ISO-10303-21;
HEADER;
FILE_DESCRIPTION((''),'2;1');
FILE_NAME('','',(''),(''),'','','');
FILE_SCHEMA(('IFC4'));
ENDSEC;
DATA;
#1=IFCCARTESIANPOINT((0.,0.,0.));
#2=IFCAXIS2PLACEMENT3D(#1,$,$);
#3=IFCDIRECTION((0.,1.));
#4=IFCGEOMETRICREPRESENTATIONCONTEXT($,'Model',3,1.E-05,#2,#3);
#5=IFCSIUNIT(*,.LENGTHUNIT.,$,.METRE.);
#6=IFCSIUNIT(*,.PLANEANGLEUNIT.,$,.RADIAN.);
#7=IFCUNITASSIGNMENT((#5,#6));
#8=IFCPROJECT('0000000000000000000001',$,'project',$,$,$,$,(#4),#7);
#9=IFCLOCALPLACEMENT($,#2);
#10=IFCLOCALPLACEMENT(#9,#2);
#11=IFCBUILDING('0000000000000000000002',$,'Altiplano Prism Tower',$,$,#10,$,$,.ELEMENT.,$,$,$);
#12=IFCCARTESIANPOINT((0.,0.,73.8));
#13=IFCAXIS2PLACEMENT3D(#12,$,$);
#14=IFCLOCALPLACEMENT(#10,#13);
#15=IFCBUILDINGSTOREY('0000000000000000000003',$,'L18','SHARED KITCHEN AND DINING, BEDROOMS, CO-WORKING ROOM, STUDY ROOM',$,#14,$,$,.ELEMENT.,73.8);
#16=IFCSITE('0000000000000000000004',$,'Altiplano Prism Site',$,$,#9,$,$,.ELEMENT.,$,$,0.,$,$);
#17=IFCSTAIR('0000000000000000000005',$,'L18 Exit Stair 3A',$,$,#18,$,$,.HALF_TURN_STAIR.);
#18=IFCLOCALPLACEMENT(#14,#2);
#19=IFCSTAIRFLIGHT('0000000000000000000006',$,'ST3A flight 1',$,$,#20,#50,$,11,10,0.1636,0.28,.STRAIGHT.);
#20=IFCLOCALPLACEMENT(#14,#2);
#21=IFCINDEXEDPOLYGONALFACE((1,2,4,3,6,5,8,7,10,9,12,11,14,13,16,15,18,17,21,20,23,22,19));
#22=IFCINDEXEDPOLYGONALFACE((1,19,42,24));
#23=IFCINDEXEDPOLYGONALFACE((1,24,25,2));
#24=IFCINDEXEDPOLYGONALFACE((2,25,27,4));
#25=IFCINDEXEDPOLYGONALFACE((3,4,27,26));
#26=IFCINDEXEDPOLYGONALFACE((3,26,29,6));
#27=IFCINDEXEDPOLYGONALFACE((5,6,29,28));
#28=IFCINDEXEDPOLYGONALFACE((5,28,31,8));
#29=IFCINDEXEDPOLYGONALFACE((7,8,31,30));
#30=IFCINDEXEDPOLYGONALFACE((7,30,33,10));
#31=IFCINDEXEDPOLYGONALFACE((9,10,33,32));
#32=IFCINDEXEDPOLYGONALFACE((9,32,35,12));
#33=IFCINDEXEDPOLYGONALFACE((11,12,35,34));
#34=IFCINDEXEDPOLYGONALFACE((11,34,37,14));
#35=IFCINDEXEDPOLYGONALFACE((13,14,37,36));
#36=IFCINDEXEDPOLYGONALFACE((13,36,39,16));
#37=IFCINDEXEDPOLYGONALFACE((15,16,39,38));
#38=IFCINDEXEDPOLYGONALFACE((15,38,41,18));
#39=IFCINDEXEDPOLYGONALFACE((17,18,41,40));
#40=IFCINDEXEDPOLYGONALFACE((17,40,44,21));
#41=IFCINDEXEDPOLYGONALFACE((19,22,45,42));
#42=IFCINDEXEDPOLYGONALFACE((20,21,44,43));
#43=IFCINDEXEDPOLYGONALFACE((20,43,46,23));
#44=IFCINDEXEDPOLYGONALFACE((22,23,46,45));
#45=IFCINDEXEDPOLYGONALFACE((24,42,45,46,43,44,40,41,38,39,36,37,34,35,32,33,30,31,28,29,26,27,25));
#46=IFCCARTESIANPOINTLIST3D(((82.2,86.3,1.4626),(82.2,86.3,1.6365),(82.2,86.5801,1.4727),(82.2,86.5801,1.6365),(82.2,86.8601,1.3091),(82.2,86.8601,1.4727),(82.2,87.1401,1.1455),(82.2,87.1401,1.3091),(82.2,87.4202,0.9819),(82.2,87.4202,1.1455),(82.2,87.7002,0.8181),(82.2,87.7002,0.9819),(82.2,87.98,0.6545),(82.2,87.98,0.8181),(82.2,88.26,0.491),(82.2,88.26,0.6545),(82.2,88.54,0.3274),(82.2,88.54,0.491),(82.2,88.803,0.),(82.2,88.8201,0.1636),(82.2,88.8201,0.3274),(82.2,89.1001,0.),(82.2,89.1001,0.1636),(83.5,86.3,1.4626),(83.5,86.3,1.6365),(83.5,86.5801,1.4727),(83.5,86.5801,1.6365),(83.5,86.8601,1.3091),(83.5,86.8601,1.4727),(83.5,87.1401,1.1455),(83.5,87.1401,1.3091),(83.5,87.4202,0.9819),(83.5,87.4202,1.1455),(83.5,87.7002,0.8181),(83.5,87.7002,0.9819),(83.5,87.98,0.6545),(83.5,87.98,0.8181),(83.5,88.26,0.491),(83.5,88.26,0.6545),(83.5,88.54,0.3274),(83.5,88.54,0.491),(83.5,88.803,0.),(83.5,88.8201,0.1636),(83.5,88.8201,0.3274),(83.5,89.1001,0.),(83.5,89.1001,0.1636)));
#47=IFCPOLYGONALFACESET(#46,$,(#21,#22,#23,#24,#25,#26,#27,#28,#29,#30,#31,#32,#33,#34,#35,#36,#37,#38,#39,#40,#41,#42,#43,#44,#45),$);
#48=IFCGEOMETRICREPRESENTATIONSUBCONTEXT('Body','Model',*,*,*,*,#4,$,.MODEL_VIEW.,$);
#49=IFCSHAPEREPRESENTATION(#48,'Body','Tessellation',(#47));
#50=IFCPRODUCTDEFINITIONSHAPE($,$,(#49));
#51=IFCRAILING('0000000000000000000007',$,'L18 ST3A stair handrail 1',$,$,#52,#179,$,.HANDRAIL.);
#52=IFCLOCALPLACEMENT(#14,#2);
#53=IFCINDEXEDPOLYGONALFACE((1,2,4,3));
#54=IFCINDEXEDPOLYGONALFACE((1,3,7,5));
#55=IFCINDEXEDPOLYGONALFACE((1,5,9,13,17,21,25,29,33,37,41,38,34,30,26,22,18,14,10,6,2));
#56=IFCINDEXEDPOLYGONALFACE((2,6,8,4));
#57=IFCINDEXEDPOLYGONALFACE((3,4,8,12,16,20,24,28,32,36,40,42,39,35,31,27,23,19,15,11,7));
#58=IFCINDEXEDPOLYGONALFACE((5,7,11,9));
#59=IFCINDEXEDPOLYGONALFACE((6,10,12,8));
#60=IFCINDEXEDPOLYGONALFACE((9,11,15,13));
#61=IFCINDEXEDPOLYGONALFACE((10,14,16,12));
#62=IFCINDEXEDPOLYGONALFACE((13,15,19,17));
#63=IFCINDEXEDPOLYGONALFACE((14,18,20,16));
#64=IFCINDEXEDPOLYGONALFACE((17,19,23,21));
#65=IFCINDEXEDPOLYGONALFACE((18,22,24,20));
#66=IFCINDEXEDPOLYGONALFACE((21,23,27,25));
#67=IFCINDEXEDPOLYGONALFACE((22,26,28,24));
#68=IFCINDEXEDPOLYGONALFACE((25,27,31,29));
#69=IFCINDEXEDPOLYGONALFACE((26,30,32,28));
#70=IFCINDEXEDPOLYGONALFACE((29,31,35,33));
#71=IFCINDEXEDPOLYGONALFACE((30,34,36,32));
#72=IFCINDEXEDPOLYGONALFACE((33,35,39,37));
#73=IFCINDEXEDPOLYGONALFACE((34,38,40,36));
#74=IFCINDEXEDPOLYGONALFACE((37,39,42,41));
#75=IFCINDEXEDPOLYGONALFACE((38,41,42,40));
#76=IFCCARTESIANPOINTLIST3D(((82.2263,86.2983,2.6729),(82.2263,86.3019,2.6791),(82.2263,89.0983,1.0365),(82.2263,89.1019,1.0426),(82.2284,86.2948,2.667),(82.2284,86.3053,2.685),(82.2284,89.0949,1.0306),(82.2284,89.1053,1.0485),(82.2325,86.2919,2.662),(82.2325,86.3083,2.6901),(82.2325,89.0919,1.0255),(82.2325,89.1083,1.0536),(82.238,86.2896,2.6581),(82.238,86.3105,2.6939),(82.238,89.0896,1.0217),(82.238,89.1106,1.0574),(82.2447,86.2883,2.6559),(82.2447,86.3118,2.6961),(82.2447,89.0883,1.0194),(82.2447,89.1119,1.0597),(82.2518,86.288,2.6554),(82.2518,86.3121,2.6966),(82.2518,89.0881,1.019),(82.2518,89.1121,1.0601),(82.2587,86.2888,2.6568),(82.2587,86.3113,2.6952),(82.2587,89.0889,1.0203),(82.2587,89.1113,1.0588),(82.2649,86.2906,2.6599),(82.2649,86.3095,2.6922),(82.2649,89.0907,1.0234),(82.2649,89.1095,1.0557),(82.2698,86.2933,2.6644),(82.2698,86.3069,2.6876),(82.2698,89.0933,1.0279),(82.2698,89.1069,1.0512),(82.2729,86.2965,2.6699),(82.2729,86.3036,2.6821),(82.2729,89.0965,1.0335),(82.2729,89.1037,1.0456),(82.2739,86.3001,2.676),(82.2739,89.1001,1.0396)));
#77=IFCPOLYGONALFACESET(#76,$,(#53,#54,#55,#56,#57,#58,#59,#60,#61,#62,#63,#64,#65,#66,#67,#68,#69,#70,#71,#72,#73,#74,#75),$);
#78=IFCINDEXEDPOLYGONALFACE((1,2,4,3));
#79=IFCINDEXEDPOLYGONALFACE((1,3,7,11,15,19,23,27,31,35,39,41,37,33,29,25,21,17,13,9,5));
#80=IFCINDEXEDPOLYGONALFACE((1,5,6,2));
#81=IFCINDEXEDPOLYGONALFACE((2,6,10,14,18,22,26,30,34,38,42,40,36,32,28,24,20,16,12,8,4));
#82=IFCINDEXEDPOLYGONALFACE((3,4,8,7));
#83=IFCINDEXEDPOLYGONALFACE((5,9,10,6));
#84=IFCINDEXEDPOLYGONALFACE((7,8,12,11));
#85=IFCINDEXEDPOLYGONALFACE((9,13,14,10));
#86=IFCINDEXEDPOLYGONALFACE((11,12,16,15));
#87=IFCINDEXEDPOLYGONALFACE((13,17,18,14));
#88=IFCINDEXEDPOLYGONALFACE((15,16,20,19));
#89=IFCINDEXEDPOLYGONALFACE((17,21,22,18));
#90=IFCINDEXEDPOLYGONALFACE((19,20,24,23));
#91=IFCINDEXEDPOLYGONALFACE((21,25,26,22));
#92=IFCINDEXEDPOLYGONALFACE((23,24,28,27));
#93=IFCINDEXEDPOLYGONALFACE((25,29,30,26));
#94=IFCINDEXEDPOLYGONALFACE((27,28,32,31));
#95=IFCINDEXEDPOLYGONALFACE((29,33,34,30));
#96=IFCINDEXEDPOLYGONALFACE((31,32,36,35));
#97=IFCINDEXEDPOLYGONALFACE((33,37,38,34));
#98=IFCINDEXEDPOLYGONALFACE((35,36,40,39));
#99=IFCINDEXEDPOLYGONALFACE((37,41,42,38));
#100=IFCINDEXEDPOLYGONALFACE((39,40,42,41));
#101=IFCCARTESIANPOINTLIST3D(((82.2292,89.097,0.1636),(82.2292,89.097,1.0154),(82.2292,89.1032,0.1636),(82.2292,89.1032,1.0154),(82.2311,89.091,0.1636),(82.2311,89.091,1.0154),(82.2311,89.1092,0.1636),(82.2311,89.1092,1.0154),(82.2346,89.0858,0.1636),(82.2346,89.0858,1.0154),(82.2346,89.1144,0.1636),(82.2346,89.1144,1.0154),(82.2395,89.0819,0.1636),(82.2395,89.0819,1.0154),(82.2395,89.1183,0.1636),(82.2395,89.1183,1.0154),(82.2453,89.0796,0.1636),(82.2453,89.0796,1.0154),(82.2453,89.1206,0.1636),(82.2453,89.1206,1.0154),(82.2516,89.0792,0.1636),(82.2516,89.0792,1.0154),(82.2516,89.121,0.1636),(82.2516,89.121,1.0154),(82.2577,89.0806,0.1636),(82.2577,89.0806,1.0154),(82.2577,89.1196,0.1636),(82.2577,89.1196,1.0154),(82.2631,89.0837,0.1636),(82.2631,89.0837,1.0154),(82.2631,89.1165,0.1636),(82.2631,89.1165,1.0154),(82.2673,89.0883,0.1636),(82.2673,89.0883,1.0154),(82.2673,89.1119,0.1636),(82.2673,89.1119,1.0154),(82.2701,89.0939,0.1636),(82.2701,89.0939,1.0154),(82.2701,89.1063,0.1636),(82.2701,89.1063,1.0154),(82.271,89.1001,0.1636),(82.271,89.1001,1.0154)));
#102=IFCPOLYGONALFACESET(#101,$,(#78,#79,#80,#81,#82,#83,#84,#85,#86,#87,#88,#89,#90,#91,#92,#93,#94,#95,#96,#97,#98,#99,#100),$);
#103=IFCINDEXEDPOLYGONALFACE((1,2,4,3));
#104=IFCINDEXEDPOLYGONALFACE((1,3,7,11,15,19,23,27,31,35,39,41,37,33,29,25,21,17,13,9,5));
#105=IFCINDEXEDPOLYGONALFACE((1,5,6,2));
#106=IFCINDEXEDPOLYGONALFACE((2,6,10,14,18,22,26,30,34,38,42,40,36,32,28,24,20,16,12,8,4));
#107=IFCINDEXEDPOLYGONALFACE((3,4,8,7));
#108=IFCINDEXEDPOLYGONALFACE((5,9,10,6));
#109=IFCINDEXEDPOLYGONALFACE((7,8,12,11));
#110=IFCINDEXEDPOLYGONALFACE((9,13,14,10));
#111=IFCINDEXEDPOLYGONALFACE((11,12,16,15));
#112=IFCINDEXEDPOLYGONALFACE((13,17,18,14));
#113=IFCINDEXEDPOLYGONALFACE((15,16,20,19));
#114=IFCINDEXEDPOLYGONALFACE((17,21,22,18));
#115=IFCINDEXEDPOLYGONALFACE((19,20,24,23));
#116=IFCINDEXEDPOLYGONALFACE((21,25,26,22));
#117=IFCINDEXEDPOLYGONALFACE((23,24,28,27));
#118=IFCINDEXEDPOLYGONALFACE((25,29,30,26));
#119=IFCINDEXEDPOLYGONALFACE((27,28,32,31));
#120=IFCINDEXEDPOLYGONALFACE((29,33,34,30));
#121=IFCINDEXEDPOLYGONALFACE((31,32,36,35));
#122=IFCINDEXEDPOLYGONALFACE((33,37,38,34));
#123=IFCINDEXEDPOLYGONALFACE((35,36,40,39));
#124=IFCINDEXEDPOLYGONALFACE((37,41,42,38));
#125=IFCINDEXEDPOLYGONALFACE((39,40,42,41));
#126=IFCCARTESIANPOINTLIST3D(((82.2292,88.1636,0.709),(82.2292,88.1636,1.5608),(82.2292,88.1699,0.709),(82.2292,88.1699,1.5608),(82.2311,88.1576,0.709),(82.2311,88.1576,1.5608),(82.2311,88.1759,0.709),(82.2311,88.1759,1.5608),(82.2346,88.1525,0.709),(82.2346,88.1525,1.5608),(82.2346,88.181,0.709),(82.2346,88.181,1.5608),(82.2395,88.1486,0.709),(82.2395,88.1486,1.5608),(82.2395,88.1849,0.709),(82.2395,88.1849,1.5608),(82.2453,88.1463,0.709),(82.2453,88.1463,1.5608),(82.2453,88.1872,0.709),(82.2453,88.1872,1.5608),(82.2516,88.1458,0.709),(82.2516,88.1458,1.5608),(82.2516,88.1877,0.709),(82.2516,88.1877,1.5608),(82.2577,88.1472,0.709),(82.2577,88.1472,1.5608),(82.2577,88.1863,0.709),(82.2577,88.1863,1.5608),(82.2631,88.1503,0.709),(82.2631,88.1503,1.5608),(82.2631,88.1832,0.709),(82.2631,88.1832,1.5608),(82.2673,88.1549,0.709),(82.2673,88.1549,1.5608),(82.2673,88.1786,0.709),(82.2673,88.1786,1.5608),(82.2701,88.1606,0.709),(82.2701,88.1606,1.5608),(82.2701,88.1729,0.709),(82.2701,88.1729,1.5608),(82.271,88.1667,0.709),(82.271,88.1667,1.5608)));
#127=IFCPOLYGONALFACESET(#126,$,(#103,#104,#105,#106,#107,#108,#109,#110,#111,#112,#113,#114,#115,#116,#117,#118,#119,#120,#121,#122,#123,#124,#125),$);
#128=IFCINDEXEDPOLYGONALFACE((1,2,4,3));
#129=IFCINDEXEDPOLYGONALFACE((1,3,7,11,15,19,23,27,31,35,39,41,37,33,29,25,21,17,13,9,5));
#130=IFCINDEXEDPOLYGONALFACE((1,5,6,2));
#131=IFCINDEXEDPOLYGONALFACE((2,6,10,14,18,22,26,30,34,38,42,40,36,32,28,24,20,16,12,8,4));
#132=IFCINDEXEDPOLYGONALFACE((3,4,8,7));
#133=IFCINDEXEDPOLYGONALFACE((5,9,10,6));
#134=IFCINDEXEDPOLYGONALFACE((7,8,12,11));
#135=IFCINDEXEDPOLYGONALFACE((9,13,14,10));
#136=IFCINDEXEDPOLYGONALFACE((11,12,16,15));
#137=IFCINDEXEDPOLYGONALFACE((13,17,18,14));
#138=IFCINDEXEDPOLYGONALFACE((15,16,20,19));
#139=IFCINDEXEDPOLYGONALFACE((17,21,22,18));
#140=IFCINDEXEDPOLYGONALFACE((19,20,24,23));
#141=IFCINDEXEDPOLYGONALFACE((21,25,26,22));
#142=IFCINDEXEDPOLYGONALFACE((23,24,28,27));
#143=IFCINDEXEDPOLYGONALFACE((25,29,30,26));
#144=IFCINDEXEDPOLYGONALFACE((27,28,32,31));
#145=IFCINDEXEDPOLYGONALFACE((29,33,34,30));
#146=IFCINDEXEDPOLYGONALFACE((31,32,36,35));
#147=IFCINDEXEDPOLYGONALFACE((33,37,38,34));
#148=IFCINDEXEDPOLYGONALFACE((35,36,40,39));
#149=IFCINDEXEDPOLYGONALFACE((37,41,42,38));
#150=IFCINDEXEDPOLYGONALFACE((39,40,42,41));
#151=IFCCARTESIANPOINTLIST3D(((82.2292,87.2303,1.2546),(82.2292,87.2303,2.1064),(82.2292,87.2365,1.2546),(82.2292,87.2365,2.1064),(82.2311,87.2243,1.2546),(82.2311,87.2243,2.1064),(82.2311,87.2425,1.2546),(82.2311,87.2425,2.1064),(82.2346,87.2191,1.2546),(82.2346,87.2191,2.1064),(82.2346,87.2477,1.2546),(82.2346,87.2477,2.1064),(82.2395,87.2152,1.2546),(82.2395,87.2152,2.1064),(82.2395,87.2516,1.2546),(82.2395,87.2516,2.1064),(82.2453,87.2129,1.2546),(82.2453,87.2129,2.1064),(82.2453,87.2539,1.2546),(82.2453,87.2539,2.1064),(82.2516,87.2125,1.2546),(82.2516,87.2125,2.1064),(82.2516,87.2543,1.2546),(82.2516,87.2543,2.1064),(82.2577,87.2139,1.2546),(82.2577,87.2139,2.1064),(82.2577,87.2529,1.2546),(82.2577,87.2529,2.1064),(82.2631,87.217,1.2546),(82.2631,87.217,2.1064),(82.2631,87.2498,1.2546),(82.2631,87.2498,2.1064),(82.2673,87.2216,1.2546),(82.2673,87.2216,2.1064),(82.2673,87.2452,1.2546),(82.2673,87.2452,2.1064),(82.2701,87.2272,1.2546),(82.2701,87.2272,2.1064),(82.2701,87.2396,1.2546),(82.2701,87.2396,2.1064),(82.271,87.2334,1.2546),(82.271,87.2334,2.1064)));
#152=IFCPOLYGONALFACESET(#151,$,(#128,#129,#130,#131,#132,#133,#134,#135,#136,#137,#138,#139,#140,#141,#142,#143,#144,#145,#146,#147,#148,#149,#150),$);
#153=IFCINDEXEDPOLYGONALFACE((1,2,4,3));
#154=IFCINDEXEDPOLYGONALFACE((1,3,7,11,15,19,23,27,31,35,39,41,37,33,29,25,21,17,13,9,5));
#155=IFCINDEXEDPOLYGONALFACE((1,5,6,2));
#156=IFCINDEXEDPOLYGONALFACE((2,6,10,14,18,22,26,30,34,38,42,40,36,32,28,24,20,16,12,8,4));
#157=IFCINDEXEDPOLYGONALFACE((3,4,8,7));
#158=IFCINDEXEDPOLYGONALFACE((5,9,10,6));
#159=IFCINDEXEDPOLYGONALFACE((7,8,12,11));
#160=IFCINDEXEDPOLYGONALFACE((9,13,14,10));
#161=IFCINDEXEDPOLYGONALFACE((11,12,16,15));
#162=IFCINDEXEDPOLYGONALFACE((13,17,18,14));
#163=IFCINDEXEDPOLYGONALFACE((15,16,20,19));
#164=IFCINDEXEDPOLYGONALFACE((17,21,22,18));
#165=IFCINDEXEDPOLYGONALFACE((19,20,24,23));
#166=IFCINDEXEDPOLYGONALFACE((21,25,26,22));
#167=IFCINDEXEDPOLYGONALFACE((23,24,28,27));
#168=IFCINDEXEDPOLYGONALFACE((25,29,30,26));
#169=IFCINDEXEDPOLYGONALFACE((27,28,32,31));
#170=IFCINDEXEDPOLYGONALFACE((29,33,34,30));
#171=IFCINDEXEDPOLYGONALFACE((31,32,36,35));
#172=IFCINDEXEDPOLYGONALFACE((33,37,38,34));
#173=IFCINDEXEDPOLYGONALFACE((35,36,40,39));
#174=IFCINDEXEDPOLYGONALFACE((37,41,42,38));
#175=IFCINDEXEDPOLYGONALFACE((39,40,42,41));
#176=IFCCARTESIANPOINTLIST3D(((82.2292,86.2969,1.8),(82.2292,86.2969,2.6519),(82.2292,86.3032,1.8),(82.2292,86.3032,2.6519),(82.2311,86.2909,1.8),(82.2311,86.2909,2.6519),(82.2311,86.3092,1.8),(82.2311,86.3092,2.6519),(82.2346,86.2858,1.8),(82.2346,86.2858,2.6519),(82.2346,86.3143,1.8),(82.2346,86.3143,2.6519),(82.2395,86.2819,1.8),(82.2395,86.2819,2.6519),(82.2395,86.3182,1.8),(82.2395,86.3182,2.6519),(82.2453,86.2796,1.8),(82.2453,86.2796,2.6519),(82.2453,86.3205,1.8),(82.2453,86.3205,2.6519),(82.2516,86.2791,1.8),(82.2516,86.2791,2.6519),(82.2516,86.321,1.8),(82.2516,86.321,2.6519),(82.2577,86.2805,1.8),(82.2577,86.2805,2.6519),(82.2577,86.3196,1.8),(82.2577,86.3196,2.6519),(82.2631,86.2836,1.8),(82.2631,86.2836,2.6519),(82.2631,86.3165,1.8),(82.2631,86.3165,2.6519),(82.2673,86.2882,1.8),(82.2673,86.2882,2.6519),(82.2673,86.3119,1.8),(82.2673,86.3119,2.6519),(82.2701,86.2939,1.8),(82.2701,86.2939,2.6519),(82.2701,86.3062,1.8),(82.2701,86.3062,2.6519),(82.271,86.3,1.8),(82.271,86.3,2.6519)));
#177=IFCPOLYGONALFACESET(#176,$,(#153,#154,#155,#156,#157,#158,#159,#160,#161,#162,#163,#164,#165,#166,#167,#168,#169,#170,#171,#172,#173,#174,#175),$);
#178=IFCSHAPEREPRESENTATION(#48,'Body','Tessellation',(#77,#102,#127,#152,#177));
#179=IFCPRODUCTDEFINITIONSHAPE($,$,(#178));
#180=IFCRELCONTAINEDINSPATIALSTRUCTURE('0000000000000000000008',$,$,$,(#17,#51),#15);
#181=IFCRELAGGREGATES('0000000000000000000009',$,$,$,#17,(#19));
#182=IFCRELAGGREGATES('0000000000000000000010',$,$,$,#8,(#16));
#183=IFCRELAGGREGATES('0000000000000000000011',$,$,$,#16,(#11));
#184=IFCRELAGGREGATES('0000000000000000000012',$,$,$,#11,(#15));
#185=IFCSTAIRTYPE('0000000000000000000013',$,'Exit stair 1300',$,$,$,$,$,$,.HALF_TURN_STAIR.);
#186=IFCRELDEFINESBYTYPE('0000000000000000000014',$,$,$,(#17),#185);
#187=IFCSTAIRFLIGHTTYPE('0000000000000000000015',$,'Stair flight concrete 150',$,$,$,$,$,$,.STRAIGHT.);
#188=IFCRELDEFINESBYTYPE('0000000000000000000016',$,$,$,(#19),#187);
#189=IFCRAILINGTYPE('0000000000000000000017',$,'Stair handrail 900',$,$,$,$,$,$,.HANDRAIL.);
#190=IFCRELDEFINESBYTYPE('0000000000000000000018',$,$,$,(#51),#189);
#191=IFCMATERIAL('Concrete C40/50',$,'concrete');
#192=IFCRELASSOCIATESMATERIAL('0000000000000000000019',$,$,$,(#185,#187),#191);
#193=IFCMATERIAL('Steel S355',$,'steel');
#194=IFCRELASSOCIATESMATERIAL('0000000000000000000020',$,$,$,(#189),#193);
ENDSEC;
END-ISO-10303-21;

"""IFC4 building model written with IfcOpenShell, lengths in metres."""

from ifc_helpers import new_model, si_unit, direction, frame, origin, origin_2d, place, context, subcontext, project, spatial, polyline, circle, outline, extrude, material, type_object, element, aggregate, save


model = new_model("IFC4")

# Units and contexts
model_context = context("Model", 3, precision=1e-05, world=origin(), true_north=direction((0.0, 1.0)))
body_context = subcontext(model_context, "Body", "Model", "MODEL_VIEW")
ifc_project = project(units=[si_unit("LENGTHUNIT", "METRE"), si_unit("PLANEANGLEUNIT", "RADIAN")], contexts=[model_context])

# Site, building, storey
site_placement = place(None, origin())
site = spatial("IfcSite", under=ifc_project, at=site_placement, Name="Altiplano Prism Site", CompositionType="ELEMENT", RefElevation=0.0)
building_placement = place(site_placement, origin())
building = spatial("IfcBuilding", under=site, at=building_placement, Name="Altiplano Prism Tower", CompositionType="ELEMENT")
storey_placement = place(building_placement, frame((0.0, 0.0, 73.8)))
storey = spatial("IfcBuildingStorey", under=building, at=storey_placement, Name="L18", Description="SHARED KITCHEN AND DINING, BEDROOMS, CO-WORKING ROOM, STUDY ROOM", CompositionType="ELEMENT", Elevation=73.8)

# Stair, stair flight
ifc_material_1 = material(Name="Concrete C40/50", Category="concrete")
stair_type = type_object("IfcStairType", Name="Exit stair 1300", PredefinedType="HALF_TURN_STAIR", material=ifc_material_1)
stair_placement = place(storey_placement, origin())
stair = element("IfcStair", 1, at=stair_placement, inside=storey, type_object=stair_type, Name="L18 Exit Stair 3A", PredefinedType="HALF_TURN_STAIR")
stair_flight_type = type_object("IfcStairFlightType", Name="Stair flight concrete 150", PredefinedType="STRAIGHT", material=ifc_material_1)
stair_flight_placement = place(storey_placement, frame((82.8501, 89.1001, 0.0), z_axis=(0.0, 0.0, 1.0), x_axis=(0.0, -1.0, 0.0)))
stair_flight = element("IfcStairFlight", 2, at=stair_flight_placement, type_object=stair_flight_type, Name="ST3A flight 1", NumberOfRisers=11, NumberOfTreads=10, PredefinedType="STRAIGHT", RiserHeight=0.1636, TreadLength=0.28, context=body_context, shape_type="SweptSolid", body=[
    extrude(outline(polyline([(0.0, 0.0), (0.0, 0.1636), (0.28, 0.1636), (0.28, 0.3274), (0.5601, 0.3274), (0.5601, 0.491), (0.8401, 0.491), (0.8401, 0.6545), (1.1201, 0.6545), (1.1201, 0.8181), (1.3999, 0.8181), (1.3999, 0.9819), (1.6799, 0.9819), (1.6799, 1.1455), (1.96, 1.1455), (1.96, 1.3091), (2.24, 1.3091), (2.24, 1.4727), (2.52, 1.4727), (2.52, 1.6365), (2.8, 1.6365), (2.8, 1.8), (2.8, 1.4626), (0.2971, 0.0), (0.0, 0.0)])), frame((0.0, 0.6499, 0.0), z_axis=(0.0, -1.0, 0.0), x_axis=(1.0, 0.0, 0.0)), (0.0, 0.0, 1.0), 1.3),
])
aggregate(stair, [stair_flight])

# Railing
ifc_material_2 = material(Name="Steel S355", Category="steel")
railing_type_1 = type_object("IfcRailingType", Name="Stair handrail 900", PredefinedType="HANDRAIL", material=ifc_material_2)
for number, where, name in (
    (3, (82.25, 89.1001, 0.1636), "L18 ST3A stair handrail 1"),
):
    element("IfcRailing", number, at=place(storey_placement, frame(where)), inside=storey, type_object=railing_type_1, Name=name, PredefinedType="HANDRAIL", context=body_context, shape_type="SweptSolid", body=[
        extrude(circle(Radius=0.0239, at=origin_2d()), frame((0.0, 0.0, 0.876), z_axis=(0.0, -0.863361, 0.504587), x_axis=(1.0, 0.0, 0.0)), (0.0, 0.0, 1.0), 3.2432),
        extrude(circle(Radius=0.021, at=origin_2d()), origin(), (0.0, 0.0, 1.0), 0.8518),
        extrude(circle(Radius=0.021, at=origin_2d()), frame((0.0, -0.9333, 0.5454)), (0.0, 0.0, 1.0), 0.8518),
        extrude(circle(Radius=0.021, at=origin_2d()), frame((0.0, -1.8667, 1.0911)), (0.0, 0.0, 1.0), 0.8518),
        extrude(circle(Radius=0.021, at=origin_2d()), frame((0.0, -2.8, 1.6365)), (0.0, 0.0, 1.0), 0.8518),
    ])

save(model, "model.ifc")
